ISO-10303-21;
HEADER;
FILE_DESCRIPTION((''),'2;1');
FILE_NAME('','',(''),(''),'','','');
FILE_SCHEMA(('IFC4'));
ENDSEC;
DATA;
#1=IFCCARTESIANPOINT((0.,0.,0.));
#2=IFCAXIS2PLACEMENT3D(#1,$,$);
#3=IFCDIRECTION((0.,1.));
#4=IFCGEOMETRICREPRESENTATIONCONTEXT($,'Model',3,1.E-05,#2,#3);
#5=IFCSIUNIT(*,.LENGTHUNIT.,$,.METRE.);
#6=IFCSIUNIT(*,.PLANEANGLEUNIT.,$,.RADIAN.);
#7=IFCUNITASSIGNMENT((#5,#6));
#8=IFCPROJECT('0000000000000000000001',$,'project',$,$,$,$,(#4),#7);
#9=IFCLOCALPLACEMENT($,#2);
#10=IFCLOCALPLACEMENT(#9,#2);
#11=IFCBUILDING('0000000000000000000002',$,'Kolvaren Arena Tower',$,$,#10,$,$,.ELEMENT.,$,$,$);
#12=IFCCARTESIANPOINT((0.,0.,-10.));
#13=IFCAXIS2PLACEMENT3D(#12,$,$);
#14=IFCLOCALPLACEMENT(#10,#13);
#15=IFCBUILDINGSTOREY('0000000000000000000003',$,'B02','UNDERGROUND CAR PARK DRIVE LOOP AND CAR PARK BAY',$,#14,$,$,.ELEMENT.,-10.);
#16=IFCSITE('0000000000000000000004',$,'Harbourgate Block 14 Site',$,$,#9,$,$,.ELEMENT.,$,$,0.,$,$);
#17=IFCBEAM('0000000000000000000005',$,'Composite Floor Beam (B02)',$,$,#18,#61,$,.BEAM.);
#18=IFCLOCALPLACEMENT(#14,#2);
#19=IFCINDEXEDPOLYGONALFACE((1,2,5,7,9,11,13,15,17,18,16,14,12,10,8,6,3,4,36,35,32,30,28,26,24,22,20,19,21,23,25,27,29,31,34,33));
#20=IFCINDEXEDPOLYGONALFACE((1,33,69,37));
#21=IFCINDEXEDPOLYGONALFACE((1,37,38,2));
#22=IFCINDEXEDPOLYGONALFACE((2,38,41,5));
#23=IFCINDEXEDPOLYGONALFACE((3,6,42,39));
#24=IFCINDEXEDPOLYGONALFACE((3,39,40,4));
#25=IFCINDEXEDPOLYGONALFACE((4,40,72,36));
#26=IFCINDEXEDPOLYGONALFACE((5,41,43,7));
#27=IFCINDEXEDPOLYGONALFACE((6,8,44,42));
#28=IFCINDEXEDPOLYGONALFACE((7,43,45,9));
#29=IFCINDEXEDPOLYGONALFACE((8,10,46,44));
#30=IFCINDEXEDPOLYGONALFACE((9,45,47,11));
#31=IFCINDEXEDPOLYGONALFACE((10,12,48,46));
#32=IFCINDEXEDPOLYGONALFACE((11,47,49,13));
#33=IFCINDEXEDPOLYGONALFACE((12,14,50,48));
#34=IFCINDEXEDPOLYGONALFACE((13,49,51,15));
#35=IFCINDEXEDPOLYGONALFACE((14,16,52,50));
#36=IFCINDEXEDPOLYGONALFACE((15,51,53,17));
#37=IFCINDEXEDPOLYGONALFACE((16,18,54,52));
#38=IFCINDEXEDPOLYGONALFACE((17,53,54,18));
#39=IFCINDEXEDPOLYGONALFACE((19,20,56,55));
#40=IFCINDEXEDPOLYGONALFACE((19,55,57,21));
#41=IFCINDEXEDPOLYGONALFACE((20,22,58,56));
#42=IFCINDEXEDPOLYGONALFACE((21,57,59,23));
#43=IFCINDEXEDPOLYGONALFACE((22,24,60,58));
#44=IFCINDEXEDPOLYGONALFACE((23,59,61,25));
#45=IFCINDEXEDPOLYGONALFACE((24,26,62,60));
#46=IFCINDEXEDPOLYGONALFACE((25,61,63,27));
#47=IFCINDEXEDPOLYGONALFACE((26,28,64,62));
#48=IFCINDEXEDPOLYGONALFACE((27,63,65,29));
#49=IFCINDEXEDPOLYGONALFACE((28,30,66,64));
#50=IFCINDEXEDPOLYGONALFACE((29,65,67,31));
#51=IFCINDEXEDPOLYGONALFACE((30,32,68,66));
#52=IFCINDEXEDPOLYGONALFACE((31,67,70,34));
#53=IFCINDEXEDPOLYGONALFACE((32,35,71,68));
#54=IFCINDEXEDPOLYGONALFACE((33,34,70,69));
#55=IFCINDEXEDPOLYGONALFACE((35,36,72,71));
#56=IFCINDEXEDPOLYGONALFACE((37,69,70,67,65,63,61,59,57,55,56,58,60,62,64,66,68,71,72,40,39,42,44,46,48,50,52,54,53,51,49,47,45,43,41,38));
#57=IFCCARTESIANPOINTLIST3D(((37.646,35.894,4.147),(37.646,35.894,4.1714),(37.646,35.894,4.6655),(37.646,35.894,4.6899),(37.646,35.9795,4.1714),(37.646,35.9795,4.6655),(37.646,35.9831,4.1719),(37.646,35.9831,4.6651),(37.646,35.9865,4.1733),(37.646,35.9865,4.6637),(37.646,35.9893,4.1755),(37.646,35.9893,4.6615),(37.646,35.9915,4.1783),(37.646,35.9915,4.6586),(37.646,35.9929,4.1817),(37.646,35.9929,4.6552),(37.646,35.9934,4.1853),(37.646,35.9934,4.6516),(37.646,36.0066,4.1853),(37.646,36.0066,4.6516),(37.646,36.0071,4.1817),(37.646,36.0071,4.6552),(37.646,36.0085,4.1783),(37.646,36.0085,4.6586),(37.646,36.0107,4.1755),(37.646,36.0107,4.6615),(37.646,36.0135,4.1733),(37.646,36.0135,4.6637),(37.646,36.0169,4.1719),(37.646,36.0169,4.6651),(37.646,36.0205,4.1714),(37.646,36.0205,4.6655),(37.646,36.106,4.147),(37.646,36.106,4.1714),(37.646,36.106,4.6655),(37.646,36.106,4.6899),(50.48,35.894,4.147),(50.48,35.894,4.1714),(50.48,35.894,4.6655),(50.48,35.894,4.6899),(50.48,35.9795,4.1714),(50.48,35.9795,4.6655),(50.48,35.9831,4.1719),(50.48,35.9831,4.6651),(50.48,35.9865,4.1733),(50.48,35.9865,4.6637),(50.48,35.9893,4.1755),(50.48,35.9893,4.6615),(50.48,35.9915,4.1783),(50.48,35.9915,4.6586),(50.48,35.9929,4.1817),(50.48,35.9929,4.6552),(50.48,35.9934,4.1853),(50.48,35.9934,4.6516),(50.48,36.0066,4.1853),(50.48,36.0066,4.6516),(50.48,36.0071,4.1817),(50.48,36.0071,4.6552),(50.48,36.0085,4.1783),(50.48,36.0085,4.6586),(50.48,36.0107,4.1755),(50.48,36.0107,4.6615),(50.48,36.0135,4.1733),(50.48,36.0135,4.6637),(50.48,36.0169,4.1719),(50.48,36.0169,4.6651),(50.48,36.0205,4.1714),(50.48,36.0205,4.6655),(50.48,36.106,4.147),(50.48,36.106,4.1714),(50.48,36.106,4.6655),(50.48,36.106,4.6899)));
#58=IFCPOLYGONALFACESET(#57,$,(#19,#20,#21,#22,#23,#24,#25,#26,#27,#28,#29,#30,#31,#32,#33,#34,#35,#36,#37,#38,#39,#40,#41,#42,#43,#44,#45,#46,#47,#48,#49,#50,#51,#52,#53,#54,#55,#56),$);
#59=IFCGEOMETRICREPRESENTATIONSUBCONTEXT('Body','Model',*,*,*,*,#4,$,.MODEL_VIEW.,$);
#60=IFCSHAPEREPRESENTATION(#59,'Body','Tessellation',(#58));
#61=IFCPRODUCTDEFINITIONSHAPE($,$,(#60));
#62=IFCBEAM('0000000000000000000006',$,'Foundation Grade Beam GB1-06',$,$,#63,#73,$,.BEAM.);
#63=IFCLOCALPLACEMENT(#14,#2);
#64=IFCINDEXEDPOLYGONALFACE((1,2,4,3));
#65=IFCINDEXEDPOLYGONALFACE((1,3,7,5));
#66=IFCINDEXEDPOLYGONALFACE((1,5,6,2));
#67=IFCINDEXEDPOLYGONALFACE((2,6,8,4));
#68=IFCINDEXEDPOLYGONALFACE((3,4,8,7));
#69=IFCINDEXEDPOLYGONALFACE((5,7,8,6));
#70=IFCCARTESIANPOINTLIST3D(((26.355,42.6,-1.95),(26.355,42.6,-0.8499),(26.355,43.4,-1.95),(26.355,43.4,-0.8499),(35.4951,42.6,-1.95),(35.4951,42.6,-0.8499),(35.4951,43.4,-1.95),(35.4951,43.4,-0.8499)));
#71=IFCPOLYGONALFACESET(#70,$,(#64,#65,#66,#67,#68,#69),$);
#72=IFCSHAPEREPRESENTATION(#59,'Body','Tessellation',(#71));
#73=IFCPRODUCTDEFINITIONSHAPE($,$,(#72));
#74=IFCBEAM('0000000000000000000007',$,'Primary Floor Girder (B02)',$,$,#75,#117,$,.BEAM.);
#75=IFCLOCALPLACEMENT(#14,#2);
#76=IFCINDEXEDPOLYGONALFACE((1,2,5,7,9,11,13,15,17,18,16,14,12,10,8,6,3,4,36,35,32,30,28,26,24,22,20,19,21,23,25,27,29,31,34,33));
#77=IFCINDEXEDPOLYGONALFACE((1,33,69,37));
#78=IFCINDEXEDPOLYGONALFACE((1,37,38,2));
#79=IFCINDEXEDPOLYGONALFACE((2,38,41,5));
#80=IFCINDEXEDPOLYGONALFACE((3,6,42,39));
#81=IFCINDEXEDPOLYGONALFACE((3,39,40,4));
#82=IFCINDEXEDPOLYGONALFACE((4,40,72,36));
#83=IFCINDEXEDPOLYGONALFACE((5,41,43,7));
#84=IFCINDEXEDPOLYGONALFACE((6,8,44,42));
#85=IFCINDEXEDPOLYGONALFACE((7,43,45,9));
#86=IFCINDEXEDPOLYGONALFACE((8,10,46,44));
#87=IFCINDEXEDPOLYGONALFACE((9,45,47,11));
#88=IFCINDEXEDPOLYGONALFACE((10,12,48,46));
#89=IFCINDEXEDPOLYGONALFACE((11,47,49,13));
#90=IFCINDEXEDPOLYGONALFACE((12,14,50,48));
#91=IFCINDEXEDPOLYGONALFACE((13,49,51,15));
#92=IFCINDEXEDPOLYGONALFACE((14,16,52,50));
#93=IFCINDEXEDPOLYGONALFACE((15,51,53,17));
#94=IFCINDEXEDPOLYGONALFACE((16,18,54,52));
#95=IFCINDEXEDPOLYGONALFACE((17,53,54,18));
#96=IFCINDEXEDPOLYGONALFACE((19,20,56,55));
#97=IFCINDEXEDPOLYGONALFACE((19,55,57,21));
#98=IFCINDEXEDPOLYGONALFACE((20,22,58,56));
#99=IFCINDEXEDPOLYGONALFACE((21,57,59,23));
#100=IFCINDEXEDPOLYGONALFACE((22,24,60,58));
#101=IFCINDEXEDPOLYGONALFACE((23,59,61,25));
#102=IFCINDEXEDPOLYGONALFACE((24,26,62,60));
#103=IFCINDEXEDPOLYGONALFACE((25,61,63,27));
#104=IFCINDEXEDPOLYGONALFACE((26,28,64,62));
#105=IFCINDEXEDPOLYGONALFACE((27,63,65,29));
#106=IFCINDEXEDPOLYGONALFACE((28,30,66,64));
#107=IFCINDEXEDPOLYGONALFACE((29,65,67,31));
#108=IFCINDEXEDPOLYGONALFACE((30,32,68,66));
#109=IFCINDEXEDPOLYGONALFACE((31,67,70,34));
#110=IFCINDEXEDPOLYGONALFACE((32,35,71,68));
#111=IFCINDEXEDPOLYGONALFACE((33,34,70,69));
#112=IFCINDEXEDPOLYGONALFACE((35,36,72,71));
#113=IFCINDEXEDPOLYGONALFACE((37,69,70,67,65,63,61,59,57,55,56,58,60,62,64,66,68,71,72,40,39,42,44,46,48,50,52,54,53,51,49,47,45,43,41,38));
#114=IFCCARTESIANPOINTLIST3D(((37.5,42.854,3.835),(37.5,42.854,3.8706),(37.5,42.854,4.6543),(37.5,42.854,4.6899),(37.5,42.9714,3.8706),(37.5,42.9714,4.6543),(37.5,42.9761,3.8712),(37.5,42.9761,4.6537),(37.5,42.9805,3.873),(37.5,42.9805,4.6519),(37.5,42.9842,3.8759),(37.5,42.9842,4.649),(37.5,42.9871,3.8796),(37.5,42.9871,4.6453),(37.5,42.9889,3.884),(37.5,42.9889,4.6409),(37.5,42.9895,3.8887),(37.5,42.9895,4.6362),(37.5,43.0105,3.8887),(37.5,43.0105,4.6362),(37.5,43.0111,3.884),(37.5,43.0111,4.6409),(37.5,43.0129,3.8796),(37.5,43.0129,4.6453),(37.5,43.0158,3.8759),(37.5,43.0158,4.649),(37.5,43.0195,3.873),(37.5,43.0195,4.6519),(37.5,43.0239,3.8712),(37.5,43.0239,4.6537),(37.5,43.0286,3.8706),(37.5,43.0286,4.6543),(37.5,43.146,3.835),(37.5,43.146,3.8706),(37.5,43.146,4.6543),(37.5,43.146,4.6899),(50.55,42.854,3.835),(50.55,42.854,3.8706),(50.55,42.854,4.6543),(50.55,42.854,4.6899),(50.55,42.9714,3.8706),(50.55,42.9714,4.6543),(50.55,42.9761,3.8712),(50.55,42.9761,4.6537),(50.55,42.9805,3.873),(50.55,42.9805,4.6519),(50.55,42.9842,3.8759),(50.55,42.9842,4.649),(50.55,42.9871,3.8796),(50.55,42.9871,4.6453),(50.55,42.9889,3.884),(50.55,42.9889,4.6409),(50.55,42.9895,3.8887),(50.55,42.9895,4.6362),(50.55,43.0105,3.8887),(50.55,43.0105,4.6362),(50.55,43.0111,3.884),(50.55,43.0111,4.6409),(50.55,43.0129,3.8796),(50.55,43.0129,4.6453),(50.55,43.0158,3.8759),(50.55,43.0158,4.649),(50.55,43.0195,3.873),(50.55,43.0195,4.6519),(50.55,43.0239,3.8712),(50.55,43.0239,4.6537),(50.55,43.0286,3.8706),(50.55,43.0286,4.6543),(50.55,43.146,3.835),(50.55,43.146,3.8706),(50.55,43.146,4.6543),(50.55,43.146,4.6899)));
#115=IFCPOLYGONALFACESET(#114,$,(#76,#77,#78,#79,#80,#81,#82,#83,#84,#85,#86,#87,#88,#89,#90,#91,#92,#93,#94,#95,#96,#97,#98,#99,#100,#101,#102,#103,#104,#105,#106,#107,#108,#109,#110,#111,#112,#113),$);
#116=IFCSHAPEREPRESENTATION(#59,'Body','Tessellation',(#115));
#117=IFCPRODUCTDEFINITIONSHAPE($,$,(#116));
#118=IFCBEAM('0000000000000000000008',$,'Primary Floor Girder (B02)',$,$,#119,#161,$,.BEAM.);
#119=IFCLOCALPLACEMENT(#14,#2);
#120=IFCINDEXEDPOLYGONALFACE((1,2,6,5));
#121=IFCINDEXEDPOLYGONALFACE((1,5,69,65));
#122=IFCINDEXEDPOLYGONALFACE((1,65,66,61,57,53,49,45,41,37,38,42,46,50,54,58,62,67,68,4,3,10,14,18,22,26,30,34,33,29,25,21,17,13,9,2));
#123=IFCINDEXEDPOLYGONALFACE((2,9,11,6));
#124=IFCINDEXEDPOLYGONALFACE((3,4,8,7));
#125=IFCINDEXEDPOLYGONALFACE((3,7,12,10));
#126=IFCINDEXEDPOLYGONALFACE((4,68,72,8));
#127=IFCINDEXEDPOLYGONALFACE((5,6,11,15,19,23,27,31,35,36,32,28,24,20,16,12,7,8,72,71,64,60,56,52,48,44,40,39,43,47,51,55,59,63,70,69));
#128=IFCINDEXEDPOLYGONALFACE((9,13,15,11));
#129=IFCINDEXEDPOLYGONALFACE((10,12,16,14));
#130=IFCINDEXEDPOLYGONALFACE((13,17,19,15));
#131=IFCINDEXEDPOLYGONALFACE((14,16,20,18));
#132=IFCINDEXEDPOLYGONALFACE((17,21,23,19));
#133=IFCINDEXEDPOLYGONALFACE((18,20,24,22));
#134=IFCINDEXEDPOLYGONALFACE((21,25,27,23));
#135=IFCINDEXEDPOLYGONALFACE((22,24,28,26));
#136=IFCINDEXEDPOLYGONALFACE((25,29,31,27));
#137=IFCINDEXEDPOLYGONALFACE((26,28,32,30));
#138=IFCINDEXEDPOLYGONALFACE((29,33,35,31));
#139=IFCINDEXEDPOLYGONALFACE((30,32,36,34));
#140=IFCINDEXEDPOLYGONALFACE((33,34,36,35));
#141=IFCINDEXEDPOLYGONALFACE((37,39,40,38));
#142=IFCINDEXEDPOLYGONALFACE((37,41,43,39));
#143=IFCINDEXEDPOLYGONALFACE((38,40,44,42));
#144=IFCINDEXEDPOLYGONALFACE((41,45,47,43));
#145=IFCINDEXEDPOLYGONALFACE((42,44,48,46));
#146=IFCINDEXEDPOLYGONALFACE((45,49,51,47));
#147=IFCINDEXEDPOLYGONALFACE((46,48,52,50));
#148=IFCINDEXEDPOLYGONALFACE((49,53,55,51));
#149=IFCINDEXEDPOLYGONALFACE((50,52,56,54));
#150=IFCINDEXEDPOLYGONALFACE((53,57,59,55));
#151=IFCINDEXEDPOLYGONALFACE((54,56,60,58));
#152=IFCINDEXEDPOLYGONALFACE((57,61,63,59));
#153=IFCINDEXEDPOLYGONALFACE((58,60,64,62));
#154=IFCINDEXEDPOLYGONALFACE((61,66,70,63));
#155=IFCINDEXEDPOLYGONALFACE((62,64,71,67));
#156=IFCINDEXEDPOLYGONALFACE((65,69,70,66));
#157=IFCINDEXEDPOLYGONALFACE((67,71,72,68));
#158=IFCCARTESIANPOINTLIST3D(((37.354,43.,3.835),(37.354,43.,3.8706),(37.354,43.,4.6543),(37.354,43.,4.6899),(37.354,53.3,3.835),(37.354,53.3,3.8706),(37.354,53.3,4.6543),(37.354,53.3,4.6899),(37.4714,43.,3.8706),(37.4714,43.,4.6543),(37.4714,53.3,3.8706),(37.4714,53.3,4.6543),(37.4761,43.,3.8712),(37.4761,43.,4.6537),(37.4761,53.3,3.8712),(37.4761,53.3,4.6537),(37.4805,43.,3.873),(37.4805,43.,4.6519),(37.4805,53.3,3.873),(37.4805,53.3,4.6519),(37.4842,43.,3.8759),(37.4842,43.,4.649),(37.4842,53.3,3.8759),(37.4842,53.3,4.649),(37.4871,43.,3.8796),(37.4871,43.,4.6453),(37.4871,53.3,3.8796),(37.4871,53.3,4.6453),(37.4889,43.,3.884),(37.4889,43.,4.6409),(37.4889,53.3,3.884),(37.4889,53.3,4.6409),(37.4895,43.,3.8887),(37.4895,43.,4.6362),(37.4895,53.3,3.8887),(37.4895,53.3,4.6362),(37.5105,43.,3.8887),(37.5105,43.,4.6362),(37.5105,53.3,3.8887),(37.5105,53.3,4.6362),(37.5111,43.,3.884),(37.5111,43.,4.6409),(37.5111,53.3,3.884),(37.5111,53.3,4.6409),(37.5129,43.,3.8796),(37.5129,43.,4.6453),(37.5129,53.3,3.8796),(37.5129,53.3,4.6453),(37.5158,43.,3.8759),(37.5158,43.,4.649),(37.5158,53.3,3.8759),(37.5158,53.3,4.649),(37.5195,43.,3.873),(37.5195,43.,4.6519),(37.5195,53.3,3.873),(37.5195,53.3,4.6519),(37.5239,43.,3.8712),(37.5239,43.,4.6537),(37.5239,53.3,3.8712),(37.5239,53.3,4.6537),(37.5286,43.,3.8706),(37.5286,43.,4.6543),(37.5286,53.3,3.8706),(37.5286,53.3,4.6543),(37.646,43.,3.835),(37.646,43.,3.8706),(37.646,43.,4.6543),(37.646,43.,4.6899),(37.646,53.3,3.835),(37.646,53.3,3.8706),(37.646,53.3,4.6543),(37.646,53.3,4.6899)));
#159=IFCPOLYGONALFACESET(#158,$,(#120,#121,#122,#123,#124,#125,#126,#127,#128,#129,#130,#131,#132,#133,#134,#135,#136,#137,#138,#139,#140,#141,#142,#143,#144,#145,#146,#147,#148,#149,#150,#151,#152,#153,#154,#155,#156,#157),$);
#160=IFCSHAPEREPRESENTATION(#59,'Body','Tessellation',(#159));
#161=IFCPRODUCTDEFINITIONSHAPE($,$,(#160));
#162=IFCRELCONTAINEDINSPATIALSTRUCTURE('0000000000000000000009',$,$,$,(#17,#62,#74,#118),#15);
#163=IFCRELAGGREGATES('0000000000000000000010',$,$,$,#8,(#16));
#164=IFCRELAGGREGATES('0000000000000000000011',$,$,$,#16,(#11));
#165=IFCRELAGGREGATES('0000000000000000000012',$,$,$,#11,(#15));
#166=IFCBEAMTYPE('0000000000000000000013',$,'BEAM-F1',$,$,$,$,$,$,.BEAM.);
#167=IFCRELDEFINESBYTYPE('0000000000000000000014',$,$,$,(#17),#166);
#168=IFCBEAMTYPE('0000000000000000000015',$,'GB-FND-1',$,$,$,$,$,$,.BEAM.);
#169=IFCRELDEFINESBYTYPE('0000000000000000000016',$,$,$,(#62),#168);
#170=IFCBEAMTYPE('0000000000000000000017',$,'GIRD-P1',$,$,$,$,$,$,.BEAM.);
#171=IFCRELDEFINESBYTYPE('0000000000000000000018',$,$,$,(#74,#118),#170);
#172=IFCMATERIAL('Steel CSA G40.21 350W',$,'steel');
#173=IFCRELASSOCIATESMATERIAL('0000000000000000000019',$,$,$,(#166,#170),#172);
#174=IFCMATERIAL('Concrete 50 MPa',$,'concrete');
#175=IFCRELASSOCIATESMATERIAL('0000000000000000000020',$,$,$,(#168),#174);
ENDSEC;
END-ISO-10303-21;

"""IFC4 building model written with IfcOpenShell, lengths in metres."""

from ifc_helpers import new_model, si_unit, direction, frame, origin, origin_2d, place, context, subcontext, project, spatial, rectangle, i_section, extrude, material, material_profile, profile_set, type_object, element, save


model = new_model("IFC4")

# Units and contexts
model_context = context("Model", 3, precision=1e-05, world=origin(), true_north=direction((0.0, 1.0)))
body_context = subcontext(model_context, "Body", "Model", "MODEL_VIEW")
ifc_project = project(units=[si_unit("LENGTHUNIT", "METRE"), si_unit("PLANEANGLEUNIT", "RADIAN")], contexts=[model_context])

# Site, building, storey
site_placement = place(None, origin())
site = spatial("IfcSite", under=ifc_project, at=site_placement, Name="Harbourgate Block 14 Site", CompositionType="ELEMENT", RefElevation=0.0)
building_placement = place(site_placement, origin())
building = spatial("IfcBuilding", under=site, at=building_placement, Name="Kolvaren Arena Tower", CompositionType="ELEMENT")
storey_placement = place(building_placement, frame((0.0, 0.0, -10.0)))
storey = spatial("IfcBuildingStorey", under=building, at=storey_placement, Name="B02", Description="UNDERGROUND CAR PARK DRIVE LOOP AND CAR PARK BAY", CompositionType="ELEMENT", Elevation=-10.0)

# Shared definitions
ifc_material_1 = material(Name="Concrete 50 MPa", Category="concrete")

# Beams
ifc_material_2 = material(Name="Steel CSA G40.21 350W", Category="steel")
ifc_material_profile_1 = material_profile(ifc_material_2, i_section(OverallWidth=0.2119, OverallDepth=0.543, WebThickness=0.0132, FlangeThickness=0.0244, FilletRadius=0.0139, at=origin_2d()), Name="W530x150")
ifc_profile_set_1 = profile_set([ifc_material_profile_1], Name="Steel CSA G40.21 350W")
beam_type_1 = type_object("IfcBeamType", Name="BEAM-F1", PredefinedType="BEAM", material=ifc_profile_set_1)
for number, where, z_axis, x_axis, name in (
    (1, (37.646, 36.0, 4.4185), (1.0, 0.0, 0.0), (0.0, 1.0, 0.0), "Composite Floor Beam (B02)"),
):
    element("IfcBeam", number, at=place(storey_placement, frame(where, z_axis=z_axis, x_axis=x_axis)), inside=storey, type_object=beam_type_1, Name=name, PredefinedType="BEAM", context=body_context, shape_type="SweptSolid", body=[
        extrude(i_section(OverallWidth=0.2119, OverallDepth=0.543, WebThickness=0.0132, FlangeThickness=0.0244, FilletRadius=0.0139, at=origin_2d()), origin(), (0.0, 0.0, 1.0), 12.834),
    ])
ifc_material_profile_2 = material_profile(ifc_material_1, rectangle(XDim=0.8, YDim=1.1001, at=origin_2d()), Name="RC-800x1100")
ifc_profile_set_2 = profile_set([ifc_material_profile_2], Name="Concrete 50 MPa")
beam_type_2 = type_object("IfcBeamType", Name="GB-FND-1", PredefinedType="BEAM", material=ifc_profile_set_2)
beam_1_placement = place(storey_placement, frame((26.355, 43.0, -1.3999), z_axis=(1.0, 0.0, 0.0), x_axis=(0.0, 1.0, 0.0)))
element("IfcBeam", 2, at=beam_1_placement, inside=storey, type_object=beam_type_2, Name="Foundation Grade Beam GB1-06", PredefinedType="BEAM", context=body_context, shape_type="SweptSolid", body=[
    extrude(rectangle(XDim=0.8, YDim=1.1001, at=origin_2d()), origin(), (0.0, 0.0, 1.0), 9.1401),
])
ifc_material_profile_3 = material_profile(ifc_material_2, i_section(OverallWidth=0.292, OverallDepth=0.855, WebThickness=0.021, FlangeThickness=0.0356, FilletRadius=0.0181, at=origin_2d()), Name="W840x299")
ifc_profile_set_3 = profile_set([ifc_material_profile_3], Name="Steel CSA G40.21 350W")
beam_type_3 = type_object("IfcBeamType", Name="GIRD-P1", PredefinedType="BEAM", material=ifc_profile_set_3)
beam_2_placement = place(storey_placement, frame((37.5, 43.0, 4.2625), z_axis=(1.0, 0.0, 0.0), x_axis=(0.0, 1.0, 0.0)))
element("IfcBeam", 3, at=beam_2_placement, inside=storey, type_object=beam_type_3, Name="Primary Floor Girder (B02)", PredefinedType="BEAM", context=body_context, shape_type="SweptSolid", body=[
    extrude(i_section(OverallWidth=0.292, OverallDepth=0.855, WebThickness=0.021, FlangeThickness=0.0356, FilletRadius=0.0181, at=origin_2d()), origin(), (0.0, 0.0, 1.0), 13.05),
])
beam_3_placement = place(storey_placement, frame((37.5, 43.0, 4.2625), z_axis=(0.0, 1.0, 0.0), x_axis=(-1.0, 0.0, 0.0)))
element("IfcBeam", 4, at=beam_3_placement, inside=storey, type_object=beam_type_3, Name="Primary Floor Girder (B02)", PredefinedType="BEAM", context=body_context, shape_type="SweptSolid", body=[
    extrude(i_section(OverallWidth=0.292, OverallDepth=0.855, WebThickness=0.021, FlangeThickness=0.0356, FilletRadius=0.0181, at=origin_2d()), origin(), (0.0, 0.0, 1.0), 10.3),
])

save(model, "model.ifc")
